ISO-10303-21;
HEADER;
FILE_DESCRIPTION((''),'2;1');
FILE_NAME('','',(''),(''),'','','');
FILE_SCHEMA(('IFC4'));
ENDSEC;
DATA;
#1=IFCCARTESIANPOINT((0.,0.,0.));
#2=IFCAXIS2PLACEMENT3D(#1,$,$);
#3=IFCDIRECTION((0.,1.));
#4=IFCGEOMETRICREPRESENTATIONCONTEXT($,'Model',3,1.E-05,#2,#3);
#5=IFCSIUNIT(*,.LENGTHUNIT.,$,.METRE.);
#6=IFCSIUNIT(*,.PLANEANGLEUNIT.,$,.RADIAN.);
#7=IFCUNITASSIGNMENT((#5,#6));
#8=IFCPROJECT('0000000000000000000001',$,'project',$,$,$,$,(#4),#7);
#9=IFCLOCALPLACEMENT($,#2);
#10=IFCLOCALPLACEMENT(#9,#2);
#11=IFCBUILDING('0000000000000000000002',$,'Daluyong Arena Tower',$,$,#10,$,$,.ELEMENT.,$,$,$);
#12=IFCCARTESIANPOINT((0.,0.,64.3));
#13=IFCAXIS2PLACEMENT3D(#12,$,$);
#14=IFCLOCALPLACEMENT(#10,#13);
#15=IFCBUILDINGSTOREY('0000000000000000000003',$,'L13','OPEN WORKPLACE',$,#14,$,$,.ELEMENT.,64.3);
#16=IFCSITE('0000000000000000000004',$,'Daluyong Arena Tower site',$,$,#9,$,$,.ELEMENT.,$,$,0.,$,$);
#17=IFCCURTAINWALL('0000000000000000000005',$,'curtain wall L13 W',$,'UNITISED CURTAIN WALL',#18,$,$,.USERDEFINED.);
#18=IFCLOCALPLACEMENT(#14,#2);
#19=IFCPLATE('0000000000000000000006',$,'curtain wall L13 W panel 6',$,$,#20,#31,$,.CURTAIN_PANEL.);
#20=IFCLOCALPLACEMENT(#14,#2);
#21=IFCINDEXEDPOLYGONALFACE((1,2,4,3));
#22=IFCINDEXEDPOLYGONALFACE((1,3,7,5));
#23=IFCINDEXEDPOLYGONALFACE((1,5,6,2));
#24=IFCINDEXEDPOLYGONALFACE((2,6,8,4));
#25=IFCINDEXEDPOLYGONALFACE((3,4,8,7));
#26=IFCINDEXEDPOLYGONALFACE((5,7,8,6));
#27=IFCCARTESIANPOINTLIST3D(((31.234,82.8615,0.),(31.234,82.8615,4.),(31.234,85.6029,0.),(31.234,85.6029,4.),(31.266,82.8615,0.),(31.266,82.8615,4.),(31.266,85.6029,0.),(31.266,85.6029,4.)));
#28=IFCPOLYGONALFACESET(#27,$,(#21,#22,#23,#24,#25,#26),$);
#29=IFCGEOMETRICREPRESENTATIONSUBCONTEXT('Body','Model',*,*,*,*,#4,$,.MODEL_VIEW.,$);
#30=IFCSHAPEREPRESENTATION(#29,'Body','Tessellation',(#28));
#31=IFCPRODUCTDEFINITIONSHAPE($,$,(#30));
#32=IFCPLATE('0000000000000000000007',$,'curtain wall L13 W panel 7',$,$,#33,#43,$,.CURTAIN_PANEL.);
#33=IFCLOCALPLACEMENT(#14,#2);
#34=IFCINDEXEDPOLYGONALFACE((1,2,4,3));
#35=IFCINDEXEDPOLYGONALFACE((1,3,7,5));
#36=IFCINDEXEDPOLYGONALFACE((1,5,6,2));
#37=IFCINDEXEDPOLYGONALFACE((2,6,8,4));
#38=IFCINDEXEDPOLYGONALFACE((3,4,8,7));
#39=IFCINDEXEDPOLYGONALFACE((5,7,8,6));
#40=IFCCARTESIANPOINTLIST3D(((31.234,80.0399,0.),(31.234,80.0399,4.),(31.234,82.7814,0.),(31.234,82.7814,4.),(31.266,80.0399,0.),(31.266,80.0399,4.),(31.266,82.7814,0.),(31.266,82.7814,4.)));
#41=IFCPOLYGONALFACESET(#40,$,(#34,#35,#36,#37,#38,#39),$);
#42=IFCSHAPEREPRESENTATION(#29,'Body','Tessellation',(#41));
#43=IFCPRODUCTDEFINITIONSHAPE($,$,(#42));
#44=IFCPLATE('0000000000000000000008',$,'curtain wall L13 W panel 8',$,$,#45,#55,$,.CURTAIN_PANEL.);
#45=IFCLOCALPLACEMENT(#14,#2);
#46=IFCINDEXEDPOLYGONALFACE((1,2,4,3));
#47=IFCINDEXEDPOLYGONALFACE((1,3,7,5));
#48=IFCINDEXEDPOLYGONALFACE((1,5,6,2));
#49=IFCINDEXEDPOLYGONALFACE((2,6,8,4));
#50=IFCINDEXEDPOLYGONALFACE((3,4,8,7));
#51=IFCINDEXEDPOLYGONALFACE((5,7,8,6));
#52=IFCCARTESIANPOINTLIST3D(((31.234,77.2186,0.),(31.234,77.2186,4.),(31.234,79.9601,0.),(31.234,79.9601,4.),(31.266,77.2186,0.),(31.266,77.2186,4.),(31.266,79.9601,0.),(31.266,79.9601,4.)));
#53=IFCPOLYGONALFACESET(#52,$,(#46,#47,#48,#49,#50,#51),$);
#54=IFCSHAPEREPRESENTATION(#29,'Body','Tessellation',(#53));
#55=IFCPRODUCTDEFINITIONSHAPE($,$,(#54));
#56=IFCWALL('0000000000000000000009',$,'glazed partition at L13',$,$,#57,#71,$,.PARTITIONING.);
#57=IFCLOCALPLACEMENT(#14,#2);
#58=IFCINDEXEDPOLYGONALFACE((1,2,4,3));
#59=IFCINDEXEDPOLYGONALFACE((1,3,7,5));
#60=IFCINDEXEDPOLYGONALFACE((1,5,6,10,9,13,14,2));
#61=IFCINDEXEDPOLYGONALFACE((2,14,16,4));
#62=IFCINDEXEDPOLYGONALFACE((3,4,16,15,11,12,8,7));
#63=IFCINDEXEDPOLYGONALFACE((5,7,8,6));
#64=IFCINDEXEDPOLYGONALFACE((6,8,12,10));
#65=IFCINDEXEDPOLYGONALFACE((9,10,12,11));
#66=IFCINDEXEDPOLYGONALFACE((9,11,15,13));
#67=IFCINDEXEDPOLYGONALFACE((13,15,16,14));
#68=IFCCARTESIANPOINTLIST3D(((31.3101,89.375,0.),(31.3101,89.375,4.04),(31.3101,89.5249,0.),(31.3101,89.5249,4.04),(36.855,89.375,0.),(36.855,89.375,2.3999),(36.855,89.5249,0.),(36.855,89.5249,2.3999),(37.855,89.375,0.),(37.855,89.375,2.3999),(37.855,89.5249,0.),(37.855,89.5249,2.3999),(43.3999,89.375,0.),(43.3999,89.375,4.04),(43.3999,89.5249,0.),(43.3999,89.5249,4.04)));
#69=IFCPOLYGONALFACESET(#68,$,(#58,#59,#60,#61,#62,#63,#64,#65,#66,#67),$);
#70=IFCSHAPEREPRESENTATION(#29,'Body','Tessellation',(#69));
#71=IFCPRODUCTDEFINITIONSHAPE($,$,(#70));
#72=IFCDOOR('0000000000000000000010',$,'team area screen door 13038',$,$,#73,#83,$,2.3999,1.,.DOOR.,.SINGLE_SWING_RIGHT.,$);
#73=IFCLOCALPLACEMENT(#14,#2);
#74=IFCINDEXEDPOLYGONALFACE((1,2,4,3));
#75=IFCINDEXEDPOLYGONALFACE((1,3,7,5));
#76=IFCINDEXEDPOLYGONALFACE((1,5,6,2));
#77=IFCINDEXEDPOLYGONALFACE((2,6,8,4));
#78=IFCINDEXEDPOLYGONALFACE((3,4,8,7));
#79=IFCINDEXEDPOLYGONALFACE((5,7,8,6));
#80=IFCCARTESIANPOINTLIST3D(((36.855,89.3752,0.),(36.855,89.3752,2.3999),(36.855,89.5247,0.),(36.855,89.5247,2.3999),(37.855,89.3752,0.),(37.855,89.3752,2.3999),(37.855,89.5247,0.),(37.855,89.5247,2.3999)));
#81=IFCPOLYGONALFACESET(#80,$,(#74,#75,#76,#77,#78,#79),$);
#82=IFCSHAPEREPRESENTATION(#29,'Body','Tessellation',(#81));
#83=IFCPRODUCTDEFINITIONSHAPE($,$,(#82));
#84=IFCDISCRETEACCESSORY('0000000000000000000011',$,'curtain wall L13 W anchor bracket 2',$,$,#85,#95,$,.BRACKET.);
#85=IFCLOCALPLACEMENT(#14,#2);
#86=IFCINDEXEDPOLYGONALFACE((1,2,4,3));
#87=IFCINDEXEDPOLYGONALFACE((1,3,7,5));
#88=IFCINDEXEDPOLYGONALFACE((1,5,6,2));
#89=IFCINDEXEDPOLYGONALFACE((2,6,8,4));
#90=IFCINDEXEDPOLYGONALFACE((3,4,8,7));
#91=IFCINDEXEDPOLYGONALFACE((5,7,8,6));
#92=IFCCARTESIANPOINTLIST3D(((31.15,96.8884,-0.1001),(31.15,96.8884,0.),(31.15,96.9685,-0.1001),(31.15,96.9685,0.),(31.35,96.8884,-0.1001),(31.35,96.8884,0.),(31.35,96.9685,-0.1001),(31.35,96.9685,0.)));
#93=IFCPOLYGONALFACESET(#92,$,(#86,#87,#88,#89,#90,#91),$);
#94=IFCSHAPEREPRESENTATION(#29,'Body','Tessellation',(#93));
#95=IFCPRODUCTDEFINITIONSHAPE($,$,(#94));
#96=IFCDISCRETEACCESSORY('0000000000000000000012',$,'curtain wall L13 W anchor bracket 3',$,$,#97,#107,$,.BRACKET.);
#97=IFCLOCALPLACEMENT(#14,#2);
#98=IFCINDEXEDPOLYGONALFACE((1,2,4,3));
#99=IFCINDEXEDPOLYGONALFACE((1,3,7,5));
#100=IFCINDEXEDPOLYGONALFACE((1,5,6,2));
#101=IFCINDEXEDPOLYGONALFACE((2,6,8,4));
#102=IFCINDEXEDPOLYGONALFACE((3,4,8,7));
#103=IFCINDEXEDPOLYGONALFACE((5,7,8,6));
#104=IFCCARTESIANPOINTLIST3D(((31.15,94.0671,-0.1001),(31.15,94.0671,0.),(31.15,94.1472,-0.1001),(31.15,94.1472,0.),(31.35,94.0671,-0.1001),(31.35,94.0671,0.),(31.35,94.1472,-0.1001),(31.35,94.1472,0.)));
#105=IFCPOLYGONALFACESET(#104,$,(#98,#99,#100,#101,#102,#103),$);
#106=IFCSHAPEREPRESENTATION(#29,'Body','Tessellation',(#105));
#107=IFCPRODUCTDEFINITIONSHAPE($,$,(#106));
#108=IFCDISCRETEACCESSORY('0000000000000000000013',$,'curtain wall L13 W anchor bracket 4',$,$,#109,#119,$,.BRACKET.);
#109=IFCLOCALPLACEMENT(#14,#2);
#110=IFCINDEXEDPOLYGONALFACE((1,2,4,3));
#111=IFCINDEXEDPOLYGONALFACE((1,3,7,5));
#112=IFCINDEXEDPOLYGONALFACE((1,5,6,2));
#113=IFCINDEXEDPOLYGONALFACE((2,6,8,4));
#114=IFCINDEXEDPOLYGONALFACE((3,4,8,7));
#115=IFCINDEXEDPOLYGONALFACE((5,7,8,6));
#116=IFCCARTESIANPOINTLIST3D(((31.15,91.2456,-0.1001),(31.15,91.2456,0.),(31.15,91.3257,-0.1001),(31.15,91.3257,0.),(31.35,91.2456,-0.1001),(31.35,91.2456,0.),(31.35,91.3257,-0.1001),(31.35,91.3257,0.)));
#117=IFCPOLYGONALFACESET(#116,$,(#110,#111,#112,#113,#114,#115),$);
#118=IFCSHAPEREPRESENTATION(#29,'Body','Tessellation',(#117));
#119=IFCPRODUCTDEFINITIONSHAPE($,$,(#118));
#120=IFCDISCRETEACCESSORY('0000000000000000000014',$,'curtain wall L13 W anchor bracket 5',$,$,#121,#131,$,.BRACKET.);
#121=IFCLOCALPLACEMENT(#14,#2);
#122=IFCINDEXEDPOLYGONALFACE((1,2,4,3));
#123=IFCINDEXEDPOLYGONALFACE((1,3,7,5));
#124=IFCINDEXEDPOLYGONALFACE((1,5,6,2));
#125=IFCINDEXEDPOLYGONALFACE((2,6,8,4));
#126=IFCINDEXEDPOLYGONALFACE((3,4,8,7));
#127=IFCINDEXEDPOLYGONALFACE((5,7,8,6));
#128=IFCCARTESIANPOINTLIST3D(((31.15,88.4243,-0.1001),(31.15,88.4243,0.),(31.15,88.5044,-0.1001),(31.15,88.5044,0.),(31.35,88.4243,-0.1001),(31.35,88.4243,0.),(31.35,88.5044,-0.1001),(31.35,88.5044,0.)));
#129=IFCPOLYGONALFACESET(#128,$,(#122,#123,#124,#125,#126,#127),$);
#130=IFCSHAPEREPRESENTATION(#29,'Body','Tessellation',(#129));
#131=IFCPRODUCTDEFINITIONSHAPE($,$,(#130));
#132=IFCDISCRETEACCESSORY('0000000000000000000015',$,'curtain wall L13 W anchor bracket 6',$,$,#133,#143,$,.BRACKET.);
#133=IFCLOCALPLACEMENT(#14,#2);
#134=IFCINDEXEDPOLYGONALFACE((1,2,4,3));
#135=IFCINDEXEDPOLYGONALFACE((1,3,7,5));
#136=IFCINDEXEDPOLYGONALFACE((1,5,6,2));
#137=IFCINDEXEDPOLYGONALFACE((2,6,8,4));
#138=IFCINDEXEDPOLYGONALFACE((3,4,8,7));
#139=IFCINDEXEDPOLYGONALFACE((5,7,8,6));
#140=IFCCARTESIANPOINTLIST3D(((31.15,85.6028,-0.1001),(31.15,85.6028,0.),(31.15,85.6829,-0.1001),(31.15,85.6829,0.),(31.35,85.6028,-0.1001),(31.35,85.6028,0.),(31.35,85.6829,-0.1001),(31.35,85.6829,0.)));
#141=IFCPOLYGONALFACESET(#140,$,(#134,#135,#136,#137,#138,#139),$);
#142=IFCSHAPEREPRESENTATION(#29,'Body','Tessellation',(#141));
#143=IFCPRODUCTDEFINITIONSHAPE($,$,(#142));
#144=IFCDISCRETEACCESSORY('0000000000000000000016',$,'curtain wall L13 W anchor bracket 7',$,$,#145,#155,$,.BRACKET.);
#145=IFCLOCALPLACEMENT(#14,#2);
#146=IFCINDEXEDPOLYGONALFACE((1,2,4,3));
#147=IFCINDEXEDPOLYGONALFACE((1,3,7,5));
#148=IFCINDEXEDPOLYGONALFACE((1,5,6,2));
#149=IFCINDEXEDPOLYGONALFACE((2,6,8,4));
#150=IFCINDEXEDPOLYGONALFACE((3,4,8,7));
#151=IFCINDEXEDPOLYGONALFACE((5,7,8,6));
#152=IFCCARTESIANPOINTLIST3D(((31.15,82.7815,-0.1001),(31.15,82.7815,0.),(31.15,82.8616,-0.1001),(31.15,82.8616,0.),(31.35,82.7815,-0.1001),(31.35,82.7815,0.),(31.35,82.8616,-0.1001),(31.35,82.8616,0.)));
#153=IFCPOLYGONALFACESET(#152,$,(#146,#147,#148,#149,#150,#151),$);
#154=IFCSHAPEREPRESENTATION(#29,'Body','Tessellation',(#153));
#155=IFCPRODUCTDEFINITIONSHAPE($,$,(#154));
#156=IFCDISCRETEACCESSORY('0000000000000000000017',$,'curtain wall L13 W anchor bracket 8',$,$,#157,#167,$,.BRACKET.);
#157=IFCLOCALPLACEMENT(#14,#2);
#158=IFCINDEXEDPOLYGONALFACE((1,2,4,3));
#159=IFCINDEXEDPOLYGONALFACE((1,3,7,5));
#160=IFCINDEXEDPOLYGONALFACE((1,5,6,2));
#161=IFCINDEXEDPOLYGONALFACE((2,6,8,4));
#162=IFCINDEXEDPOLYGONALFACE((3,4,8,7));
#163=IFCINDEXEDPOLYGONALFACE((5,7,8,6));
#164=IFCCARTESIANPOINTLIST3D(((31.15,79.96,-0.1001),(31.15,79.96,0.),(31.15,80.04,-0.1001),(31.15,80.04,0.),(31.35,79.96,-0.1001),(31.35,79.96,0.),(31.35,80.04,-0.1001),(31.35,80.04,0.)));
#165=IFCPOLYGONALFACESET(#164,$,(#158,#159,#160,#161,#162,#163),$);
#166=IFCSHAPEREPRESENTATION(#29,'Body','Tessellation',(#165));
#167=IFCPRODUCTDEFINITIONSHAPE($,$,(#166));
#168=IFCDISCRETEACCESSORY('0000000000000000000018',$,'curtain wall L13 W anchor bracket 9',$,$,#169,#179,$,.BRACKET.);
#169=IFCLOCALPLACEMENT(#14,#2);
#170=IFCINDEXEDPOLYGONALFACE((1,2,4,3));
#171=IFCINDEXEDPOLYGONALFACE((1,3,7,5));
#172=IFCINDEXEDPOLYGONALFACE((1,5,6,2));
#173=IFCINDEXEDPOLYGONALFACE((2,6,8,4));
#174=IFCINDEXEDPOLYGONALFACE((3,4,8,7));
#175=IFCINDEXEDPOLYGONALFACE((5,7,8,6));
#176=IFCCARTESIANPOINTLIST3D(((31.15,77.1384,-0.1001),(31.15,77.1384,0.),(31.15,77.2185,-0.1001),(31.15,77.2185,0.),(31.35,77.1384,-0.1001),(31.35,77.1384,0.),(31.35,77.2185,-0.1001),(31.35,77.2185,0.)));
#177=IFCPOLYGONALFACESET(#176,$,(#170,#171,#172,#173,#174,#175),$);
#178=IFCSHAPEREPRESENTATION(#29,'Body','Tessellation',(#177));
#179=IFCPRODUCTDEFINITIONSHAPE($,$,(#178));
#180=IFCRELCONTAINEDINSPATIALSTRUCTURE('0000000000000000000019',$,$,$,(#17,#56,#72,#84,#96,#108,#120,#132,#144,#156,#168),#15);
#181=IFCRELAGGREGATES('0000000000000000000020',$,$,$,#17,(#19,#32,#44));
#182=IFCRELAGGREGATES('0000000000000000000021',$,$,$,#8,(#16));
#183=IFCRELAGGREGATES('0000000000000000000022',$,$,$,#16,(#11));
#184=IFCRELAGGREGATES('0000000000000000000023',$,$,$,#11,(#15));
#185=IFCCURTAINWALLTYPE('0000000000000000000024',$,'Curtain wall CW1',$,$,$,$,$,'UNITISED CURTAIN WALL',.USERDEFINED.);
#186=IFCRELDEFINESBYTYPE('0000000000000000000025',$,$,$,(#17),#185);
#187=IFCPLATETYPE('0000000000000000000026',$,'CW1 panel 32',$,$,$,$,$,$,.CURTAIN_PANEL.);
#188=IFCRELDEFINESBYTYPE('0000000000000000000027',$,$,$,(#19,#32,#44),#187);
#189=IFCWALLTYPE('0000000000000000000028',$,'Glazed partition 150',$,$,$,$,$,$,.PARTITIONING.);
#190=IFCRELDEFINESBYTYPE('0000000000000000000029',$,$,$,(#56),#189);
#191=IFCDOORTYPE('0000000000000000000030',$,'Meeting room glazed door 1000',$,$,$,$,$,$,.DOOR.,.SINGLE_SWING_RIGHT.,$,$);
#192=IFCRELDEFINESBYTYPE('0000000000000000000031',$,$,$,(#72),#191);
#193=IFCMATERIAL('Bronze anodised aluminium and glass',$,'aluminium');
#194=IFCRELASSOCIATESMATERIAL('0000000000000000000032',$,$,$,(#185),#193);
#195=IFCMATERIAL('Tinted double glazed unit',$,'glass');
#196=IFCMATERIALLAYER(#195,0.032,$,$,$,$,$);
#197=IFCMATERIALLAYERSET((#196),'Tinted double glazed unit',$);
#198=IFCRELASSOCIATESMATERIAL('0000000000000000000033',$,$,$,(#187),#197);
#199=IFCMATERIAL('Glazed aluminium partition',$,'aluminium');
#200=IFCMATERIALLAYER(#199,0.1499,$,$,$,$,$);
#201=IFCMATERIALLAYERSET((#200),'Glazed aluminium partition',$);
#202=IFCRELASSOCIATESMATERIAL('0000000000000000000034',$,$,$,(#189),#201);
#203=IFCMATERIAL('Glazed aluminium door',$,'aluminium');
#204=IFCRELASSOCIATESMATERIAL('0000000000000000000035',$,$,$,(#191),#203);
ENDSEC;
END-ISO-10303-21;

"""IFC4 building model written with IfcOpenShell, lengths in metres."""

from ifc_helpers import new_model, si_unit, direction, frame, frame_2d, origin, origin_2d, place, context, subcontext, project, spatial, rectangle, extrude, material, layer, layer_set, type_object, element, fill, aggregate, save


model = new_model("IFC4")

# Units and contexts
model_context = context("Model", 3, precision=1e-05, world=origin(), true_north=direction((0.0, 1.0)))
body_context = subcontext(model_context, "Body", "Model", "MODEL_VIEW")
ifc_project = project(units=[si_unit("LENGTHUNIT", "METRE"), si_unit("PLANEANGLEUNIT", "RADIAN")], contexts=[model_context])

# Site, building, storey
site_placement = place(None, origin())
site = spatial("IfcSite", under=ifc_project, at=site_placement, Name="Daluyong Arena Tower site", CompositionType="ELEMENT", RefElevation=0.0)
building_placement = place(site_placement, origin())
building = spatial("IfcBuilding", under=site, at=building_placement, Name="Daluyong Arena Tower", CompositionType="ELEMENT")
storey_placement = place(building_placement, frame((0.0, 0.0, 64.3)))
storey = spatial("IfcBuildingStorey", under=building, at=storey_placement, Name="L13", Description="OPEN WORKPLACE", CompositionType="ELEMENT", Elevation=64.3)

# Curtain wall
ifc_material_1 = material(Name="Bronze anodised aluminium and glass", Category="aluminium")
curtain_wall_type = type_object("IfcCurtainWallType", Name="Curtain wall CW1", ElementType="UNITISED CURTAIN WALL", PredefinedType="USERDEFINED", material=ifc_material_1)
curtain_wall_placement = place(storey_placement, origin())
curtain_wall = element("IfcCurtainWall", 1, at=curtain_wall_placement, inside=storey, type_object=curtain_wall_type, Name="curtain wall L13 W", ObjectType="UNITISED CURTAIN WALL", PredefinedType="USERDEFINED")

# Plates
ifc_material_2 = material(Name="Tinted double glazed unit", Category="glass")
ifc_layer_1 = layer(ifc_material_2, 0.032)
ifc_layer_set_1 = layer_set([ifc_layer_1], Name="Tinted double glazed unit")
plate_type = type_object("IfcPlateType", Name="CW1 panel 32", PredefinedType="CURTAIN_PANEL", material=ifc_layer_set_1)
plate_1_placement = place(storey_placement, frame((31.25, 84.2322, 0.0), z_axis=(0.0, 0.0, 1.0), x_axis=(0.0, -1.0, 0.0)))
plate_1 = element("IfcPlate", 2, at=plate_1_placement, type_object=plate_type, Name="curtain wall L13 W panel 6", PredefinedType="CURTAIN_PANEL", context=body_context, shape_type="SweptSolid", body=[
    extrude(rectangle(XDim=2.7415, YDim=0.032, at=origin_2d()), origin(), (0.0, 0.0, 1.0), 4.0),
])
plate_2_placement = place(storey_placement, frame((31.25, 81.4106, 0.0), z_axis=(0.0, 0.0, 1.0), x_axis=(0.0, -1.0, 0.0)))
plate_2 = element("IfcPlate", 3, at=plate_2_placement, type_object=plate_type, Name="curtain wall L13 W panel 7", PredefinedType="CURTAIN_PANEL", context=body_context, shape_type="SweptSolid", body=[
    extrude(rectangle(XDim=2.7415, YDim=0.032, at=origin_2d()), origin(), (0.0, 0.0, 1.0), 4.0),
])
plate_3_placement = place(storey_placement, frame((31.25, 78.5894, 0.0), z_axis=(0.0, 0.0, 1.0), x_axis=(0.0, -1.0, 0.0)))
plate_3 = element("IfcPlate", 4, at=plate_3_placement, type_object=plate_type, Name="curtain wall L13 W panel 8", PredefinedType="CURTAIN_PANEL", context=body_context, shape_type="SweptSolid", body=[
    extrude(rectangle(XDim=2.7415, YDim=0.032, at=origin_2d()), origin(), (0.0, 0.0, 1.0), 4.0),
])
aggregate(curtain_wall, [plate_1, plate_2, plate_3])

# Wall, opening, door
ifc_material_3 = material(Name="Glazed aluminium partition", Category="aluminium")
ifc_layer_2 = layer(ifc_material_3, 0.1499)
ifc_layer_set_2 = layer_set([ifc_layer_2], Name="Glazed aluminium partition")
wall_type = type_object("IfcWallType", Name="Glazed partition 150", PredefinedType="PARTITIONING", material=ifc_layer_set_2)
wall_placement = place(storey_placement, frame((31.3101, 89.45, 0.0), z_axis=(0.0, 0.0, 1.0), x_axis=(1.0, 0.0, 0.0)))
wall = element("IfcWall", 5, at=wall_placement, inside=storey, type_object=wall_type, Name="glazed partition at L13", PredefinedType="PARTITIONING", context=body_context, shape_type="SweptSolid", body=[
    extrude(rectangle(XDim=12.0898, YDim=0.1499, at=frame_2d((6.0449, 0.0))), origin(), (0.0, 0.0, 1.0), 4.04),
])
opening_placement = place(wall_placement, frame((5.5449, 0.0, 0.0)))
opening = element("IfcOpeningElement", 6, at=opening_placement, cuts=wall, PredefinedType="OPENING", context=body_context, shape_type="SweptSolid", body=[
    extrude(rectangle(XDim=1.0, YDim=2.3999, at=frame_2d((0.5, 1.2))), frame((0.0, 0.085, 0.0), z_axis=(0.0, -1.0, 0.0), x_axis=(1.0, 0.0, 0.0)), (0.0, 0.0, 1.0), 0.1699),
])
ifc_material_4 = material(Name="Glazed aluminium door", Category="aluminium")
door_type = type_object("IfcDoorType", Name="Meeting room glazed door 1000", OperationType="SINGLE_SWING_RIGHT", PredefinedType="DOOR", material=ifc_material_4)
door_placement = place(opening_placement, origin())
door = element("IfcDoor", 7, at=door_placement, inside=storey, type_object=door_type, Name="team area screen door 13038", OperationType="SINGLE_SWING_RIGHT", OverallHeight=2.3999, OverallWidth=1.0, PredefinedType="DOOR", context=body_context, shape_type="SweptSolid", body=[
    extrude(rectangle(XDim=1.0, YDim=2.3999, at=frame_2d((0.5, 1.2))), frame((0.0, 0.0747, 0.0), z_axis=(0.0, -1.0, 0.0), x_axis=(1.0, 0.0, 0.0)), (0.0, 0.0, 1.0), 0.1494),
])
fill(opening, door)

# Discrete accessories
for number, where, z_axis, x_axis, name in (
    (8, (31.25, 96.9285, -0.1001), (0.0, 0.0, 1.0), (0.0, -1.0, 0.0), "curtain wall L13 W anchor bracket 2"),
    (9, (31.25, 94.1072, -0.1001), (0.0, 0.0, 1.0), (0.0, -1.0, 0.0), "curtain wall L13 W anchor bracket 3"),
    (10, (31.25, 91.2856, -0.1001), (0.0, 0.0, 1.0), (0.0, -1.0, 0.0), "curtain wall L13 W anchor bracket 4"),
    (11, (31.25, 88.4644, -0.1001), (0.0, 0.0, 1.0), (0.0, -1.0, 0.0), "curtain wall L13 W anchor bracket 5"),
    (12, (31.25, 85.6428, -0.1001), (0.0, 0.0, 1.0), (0.0, -1.0, 0.0), "curtain wall L13 W anchor bracket 6"),
    (13, (31.25, 82.8215, -0.1001), (0.0, 0.0, 1.0), (0.0, -1.0, 0.0), "curtain wall L13 W anchor bracket 7"),
    (14, (31.25, 80.0, -0.1001), (0.0, 0.0, 1.0), (0.0, -1.0, 0.0), "curtain wall L13 W anchor bracket 8"),
    (15, (31.25, 77.1785, -0.1001), (0.0, 0.0, 1.0), (0.0, -1.0, 0.0), "curtain wall L13 W anchor bracket 9"),
):
    element("IfcDiscreteAccessory", number, at=place(storey_placement, frame(where, z_axis=z_axis, x_axis=x_axis)), inside=storey, Name=name, PredefinedType="BRACKET", context=body_context, shape_type="SweptSolid", body=[
        extrude(rectangle(XDim=0.0801, YDim=0.2, at=origin_2d()), origin(), (0.0, 0.0, 1.0), 0.1001),
    ])

save(model, "model.ifc")
